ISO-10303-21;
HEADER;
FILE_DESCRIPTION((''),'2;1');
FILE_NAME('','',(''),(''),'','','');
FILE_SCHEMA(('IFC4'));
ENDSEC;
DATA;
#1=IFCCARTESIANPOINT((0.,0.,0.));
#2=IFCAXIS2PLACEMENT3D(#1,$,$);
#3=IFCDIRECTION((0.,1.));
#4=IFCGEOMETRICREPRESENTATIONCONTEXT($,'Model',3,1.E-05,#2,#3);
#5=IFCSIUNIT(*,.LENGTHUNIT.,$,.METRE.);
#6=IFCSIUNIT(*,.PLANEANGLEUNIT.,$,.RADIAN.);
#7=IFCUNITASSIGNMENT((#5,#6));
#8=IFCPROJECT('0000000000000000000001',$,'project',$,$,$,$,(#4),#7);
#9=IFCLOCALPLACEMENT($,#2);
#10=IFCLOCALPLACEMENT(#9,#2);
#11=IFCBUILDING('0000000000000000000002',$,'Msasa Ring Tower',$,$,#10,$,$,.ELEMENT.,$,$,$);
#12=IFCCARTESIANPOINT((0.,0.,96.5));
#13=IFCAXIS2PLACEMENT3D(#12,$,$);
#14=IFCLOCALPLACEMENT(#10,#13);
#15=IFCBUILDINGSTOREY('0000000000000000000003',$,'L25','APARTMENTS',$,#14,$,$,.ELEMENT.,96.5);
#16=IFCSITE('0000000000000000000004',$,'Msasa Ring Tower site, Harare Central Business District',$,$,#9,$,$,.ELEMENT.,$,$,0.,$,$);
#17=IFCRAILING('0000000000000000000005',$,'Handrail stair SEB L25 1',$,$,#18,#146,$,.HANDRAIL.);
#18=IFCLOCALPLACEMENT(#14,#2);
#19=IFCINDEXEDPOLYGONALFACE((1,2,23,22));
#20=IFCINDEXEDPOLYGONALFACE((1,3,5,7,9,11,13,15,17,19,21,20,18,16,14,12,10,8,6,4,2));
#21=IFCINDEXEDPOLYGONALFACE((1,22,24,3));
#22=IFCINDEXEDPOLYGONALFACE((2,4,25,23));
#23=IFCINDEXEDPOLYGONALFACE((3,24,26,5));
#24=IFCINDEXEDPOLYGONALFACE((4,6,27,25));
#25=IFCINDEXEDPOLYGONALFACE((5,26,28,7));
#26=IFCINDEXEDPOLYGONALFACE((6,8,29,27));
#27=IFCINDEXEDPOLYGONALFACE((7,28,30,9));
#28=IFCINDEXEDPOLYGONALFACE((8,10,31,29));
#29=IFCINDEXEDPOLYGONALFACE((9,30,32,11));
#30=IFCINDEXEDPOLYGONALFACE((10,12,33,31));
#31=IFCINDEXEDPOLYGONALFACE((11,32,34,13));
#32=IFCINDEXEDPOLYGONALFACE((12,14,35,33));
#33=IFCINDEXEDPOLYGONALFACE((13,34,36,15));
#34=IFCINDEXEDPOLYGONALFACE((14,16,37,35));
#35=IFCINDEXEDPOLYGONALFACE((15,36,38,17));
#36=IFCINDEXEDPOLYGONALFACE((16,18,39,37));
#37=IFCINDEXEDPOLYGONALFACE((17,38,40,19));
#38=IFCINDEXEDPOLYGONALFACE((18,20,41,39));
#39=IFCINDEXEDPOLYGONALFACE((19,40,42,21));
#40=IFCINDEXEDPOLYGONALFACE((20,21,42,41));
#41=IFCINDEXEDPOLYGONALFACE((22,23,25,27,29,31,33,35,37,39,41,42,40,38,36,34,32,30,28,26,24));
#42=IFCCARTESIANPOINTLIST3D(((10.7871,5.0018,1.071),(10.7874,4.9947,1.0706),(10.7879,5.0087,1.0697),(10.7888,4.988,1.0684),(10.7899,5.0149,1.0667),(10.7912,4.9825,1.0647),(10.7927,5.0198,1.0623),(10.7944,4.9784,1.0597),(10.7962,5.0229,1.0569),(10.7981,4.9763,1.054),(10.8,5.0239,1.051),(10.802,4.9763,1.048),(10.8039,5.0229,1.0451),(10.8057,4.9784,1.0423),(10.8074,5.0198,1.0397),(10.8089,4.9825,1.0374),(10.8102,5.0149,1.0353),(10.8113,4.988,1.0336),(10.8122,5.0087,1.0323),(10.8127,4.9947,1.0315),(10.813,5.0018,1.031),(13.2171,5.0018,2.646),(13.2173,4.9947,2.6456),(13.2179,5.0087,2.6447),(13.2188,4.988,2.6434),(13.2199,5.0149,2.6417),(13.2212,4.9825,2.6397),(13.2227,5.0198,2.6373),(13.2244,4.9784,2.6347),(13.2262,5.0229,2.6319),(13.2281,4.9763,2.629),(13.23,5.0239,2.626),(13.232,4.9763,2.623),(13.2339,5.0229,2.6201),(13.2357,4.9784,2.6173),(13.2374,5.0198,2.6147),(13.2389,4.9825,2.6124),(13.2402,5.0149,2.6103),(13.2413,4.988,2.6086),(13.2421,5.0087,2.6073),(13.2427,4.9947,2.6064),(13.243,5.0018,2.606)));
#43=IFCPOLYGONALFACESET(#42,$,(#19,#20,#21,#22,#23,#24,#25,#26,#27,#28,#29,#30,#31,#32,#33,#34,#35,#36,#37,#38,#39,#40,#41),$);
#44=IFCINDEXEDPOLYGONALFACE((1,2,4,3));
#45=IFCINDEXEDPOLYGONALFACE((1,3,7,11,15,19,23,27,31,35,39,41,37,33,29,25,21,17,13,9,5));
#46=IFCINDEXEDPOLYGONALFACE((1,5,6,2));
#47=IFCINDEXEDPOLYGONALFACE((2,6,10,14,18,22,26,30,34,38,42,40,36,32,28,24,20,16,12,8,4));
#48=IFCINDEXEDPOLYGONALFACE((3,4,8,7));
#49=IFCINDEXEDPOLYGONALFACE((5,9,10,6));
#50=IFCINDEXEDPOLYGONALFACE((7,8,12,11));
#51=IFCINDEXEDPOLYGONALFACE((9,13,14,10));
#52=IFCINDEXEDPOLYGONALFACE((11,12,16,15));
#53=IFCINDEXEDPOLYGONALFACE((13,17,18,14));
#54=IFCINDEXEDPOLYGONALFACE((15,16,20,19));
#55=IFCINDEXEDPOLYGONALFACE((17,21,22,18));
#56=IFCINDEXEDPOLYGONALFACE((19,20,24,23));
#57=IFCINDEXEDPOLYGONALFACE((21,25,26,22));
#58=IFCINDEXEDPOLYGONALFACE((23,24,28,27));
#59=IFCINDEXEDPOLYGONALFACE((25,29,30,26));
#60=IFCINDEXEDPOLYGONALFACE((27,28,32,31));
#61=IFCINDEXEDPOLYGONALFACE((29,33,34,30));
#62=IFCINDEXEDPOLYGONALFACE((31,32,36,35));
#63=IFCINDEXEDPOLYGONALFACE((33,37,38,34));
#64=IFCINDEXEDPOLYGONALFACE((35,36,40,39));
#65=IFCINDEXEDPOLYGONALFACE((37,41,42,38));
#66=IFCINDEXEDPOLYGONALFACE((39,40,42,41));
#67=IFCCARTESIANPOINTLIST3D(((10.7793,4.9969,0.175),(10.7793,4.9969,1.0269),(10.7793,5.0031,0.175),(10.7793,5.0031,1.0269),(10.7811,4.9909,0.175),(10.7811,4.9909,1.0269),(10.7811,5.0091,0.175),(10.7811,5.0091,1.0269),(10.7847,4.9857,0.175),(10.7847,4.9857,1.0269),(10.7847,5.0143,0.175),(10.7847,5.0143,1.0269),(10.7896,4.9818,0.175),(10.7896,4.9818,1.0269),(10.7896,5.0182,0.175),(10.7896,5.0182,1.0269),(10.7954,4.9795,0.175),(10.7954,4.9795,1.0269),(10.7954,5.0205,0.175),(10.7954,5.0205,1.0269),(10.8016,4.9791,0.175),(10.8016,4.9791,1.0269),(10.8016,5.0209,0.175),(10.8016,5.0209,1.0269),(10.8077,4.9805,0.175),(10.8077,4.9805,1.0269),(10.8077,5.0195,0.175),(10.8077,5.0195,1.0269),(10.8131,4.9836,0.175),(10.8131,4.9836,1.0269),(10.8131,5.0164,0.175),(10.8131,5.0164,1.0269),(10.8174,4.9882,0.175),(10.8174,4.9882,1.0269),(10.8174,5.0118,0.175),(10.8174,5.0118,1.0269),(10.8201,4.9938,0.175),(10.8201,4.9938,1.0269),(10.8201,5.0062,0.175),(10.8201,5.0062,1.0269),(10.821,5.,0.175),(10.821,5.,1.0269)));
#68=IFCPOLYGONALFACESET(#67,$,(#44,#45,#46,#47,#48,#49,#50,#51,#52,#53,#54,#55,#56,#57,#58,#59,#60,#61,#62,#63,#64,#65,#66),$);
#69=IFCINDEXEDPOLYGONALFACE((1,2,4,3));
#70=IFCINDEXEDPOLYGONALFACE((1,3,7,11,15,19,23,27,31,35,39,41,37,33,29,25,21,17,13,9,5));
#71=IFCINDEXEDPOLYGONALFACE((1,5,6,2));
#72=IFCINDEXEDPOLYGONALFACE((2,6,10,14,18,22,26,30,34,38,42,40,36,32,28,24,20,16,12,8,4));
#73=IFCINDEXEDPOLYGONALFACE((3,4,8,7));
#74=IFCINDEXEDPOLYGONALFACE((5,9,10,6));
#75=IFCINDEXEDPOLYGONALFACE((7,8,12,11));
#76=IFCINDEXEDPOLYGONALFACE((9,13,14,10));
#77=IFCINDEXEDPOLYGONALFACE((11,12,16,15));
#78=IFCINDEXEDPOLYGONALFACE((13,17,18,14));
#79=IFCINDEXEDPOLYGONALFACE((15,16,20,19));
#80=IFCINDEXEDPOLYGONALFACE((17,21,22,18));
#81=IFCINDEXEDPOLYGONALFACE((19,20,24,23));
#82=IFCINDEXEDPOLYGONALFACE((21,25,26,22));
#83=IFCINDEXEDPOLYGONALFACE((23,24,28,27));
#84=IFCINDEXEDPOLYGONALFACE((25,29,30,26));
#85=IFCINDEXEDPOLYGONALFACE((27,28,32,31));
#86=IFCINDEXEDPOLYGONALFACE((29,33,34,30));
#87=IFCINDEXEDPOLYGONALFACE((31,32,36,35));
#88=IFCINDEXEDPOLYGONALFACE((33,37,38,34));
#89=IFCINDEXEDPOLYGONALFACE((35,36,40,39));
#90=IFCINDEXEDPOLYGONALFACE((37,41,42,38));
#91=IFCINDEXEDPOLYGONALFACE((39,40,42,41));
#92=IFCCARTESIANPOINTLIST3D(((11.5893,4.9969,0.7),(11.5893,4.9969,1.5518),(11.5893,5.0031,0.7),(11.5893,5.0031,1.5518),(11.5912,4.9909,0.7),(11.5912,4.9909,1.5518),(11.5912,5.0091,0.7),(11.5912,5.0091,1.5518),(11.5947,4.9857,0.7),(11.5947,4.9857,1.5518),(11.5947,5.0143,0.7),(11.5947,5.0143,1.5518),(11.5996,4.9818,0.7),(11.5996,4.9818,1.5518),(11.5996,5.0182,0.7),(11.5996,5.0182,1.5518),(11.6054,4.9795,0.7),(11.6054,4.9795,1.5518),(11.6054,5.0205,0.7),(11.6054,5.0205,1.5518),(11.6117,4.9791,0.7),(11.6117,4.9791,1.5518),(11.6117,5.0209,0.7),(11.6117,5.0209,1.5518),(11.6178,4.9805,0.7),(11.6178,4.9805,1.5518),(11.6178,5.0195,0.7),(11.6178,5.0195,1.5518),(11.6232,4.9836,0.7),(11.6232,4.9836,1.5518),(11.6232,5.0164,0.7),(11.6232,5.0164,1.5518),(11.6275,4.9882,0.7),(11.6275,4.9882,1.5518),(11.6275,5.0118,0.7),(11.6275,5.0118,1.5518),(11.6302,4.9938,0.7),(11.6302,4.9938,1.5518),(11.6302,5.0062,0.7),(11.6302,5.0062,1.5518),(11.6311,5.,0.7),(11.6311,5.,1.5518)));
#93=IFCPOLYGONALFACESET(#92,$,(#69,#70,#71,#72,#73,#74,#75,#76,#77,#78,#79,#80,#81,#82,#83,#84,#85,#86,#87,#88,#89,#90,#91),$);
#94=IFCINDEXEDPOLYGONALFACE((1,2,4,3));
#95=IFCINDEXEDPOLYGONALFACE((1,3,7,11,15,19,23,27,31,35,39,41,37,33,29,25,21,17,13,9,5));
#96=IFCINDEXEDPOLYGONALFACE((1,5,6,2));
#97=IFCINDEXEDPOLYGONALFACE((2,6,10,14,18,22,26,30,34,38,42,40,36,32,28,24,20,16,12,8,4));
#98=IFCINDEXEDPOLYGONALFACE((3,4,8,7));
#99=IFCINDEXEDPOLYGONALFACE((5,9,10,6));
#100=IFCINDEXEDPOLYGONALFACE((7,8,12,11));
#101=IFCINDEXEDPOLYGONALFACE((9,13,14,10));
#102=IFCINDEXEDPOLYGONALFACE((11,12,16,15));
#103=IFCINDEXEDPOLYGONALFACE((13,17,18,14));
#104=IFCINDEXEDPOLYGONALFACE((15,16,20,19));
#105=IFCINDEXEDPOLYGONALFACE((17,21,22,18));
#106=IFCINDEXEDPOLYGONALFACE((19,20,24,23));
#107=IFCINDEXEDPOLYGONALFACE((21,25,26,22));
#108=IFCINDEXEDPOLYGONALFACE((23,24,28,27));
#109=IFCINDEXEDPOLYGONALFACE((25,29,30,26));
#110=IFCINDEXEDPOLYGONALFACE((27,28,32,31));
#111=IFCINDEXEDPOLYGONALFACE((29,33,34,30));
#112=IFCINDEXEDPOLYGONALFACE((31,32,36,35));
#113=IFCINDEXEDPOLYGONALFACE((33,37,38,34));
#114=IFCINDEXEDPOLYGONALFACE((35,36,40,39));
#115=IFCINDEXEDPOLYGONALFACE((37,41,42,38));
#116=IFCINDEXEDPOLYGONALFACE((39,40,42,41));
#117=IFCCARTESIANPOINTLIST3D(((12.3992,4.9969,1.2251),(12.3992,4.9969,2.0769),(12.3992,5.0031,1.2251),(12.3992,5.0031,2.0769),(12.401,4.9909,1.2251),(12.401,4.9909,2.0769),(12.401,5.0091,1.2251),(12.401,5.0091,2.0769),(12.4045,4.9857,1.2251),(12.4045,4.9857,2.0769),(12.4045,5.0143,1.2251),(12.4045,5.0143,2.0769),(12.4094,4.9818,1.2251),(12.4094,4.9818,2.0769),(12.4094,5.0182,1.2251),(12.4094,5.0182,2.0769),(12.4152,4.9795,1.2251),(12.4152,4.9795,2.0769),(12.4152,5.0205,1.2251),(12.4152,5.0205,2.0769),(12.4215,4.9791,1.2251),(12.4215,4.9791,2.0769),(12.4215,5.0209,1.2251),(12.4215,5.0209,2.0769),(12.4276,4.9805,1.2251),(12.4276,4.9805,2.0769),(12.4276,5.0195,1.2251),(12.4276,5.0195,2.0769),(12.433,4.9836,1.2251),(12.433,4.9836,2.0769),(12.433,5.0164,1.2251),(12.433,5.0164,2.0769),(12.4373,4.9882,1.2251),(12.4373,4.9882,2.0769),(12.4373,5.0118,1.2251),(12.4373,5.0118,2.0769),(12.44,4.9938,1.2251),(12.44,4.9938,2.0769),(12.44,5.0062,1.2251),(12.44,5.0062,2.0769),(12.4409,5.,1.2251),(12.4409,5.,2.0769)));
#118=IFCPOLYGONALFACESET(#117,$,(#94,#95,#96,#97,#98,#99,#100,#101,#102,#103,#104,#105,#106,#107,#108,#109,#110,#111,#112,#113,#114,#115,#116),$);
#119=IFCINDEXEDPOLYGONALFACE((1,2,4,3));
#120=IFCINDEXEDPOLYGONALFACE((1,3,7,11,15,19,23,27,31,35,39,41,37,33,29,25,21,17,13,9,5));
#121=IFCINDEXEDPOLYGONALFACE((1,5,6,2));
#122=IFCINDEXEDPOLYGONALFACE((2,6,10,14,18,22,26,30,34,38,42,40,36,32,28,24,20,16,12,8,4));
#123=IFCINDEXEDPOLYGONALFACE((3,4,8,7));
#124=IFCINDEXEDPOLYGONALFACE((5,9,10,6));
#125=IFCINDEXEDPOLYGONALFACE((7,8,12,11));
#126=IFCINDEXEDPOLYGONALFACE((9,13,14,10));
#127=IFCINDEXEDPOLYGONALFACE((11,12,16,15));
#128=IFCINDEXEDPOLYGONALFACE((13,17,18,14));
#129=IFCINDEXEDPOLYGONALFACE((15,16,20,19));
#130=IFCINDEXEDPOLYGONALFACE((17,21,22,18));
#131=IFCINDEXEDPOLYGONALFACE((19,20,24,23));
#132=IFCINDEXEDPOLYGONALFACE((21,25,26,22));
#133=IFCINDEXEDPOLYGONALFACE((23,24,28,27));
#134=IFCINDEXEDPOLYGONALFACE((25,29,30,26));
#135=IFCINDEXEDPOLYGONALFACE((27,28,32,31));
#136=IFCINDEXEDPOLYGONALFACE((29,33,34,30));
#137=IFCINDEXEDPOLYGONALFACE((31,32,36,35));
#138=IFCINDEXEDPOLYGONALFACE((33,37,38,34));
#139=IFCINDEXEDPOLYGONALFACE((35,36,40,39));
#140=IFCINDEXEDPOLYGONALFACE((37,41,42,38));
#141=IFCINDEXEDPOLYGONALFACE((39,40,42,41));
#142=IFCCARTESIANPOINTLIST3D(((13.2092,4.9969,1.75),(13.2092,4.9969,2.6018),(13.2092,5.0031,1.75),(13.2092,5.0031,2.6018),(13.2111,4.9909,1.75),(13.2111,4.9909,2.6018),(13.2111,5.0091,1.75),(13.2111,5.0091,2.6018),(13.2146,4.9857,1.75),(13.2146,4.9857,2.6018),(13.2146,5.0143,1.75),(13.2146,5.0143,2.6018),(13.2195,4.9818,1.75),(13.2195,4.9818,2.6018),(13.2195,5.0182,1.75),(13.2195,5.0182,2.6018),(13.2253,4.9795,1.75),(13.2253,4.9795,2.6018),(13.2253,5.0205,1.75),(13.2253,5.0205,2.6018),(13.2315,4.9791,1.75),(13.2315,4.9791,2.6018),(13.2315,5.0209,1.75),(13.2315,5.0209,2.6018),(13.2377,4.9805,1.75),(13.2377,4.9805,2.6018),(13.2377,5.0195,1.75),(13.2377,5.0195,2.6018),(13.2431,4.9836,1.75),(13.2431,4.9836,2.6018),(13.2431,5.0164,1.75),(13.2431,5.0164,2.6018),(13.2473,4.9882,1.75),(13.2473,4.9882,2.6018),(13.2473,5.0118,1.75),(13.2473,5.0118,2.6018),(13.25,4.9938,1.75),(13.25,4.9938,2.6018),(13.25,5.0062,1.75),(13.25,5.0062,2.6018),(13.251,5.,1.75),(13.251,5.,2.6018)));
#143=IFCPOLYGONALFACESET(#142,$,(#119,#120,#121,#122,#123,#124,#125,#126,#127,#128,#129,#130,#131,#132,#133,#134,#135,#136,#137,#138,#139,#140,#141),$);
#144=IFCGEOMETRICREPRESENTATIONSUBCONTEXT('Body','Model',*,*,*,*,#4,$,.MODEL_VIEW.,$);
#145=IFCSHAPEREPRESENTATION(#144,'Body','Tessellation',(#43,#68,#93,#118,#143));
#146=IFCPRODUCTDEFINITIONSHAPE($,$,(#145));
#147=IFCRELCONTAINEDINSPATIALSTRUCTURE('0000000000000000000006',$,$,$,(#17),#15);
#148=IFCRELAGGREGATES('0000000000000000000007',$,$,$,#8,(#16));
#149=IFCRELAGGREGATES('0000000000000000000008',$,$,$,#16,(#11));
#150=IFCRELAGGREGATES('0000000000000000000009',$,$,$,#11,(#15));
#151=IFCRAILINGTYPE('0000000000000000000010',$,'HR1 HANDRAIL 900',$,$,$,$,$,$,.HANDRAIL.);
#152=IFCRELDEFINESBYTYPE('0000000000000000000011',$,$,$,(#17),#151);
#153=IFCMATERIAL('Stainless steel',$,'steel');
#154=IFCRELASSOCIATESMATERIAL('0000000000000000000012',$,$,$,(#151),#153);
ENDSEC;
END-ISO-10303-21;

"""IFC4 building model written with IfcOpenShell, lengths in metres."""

from ifc_helpers import new_model, si_unit, direction, frame, origin, origin_2d, place, context, subcontext, project, spatial, circle, extrude, material, type_object, element, save


model = new_model("IFC4")

# Units and contexts
model_context = context("Model", 3, precision=1e-05, world=origin(), true_north=direction((0.0, 1.0)))
body_context = subcontext(model_context, "Body", "Model", "MODEL_VIEW")
ifc_project = project(units=[si_unit("LENGTHUNIT", "METRE"), si_unit("PLANEANGLEUNIT", "RADIAN")], contexts=[model_context])

# Site, building, storey
site_placement = place(None, origin())
site = spatial("IfcSite", under=ifc_project, at=site_placement, Name="Msasa Ring Tower site, Harare Central Business District", CompositionType="ELEMENT", RefElevation=0.0)
building_placement = place(site_placement, origin())
building = spatial("IfcBuilding", under=site, at=building_placement, Name="Msasa Ring Tower", CompositionType="ELEMENT")
storey_placement = place(building_placement, frame((0.0, 0.0, 96.5)))
storey = spatial("IfcBuildingStorey", under=building, at=storey_placement, Name="L25", Description="APARTMENTS", CompositionType="ELEMENT", Elevation=96.5)

# Railing
ifc_material_1 = material(Name="Stainless steel", Category="steel")
railing_type = type_object("IfcRailingType", Name="HR1 HANDRAIL 900", PredefinedType="HANDRAIL", material=ifc_material_1)
for number, where, name in (
    (1, (10.8, 5.0, 0.175), "Handrail stair SEB L25 1"),
):
    element("IfcRailing", number, at=place(storey_placement, frame(where)), inside=storey, type_object=railing_type, Name=name, PredefinedType="HANDRAIL", context=body_context, shape_type="SweptSolid", body=[
        extrude(circle(Radius=0.0239, at=origin_2d()), frame((0.0, 0.0, 0.876), z_axis=(0.839154, 0.0, 0.543894), x_axis=(0.0, 1.0, 0.0)), (0.0, 0.0, 1.0), 2.8958),
        extrude(circle(Radius=0.021, at=origin_2d()), origin(), (0.0, 0.0, 1.0), 0.8518),
        extrude(circle(Radius=0.021, at=origin_2d()), frame((0.8101, 0.0, 0.5249)), (0.0, 0.0, 1.0), 0.8518),
        extrude(circle(Radius=0.021, at=origin_2d()), frame((1.6199, 0.0, 1.05)), (0.0, 0.0, 1.0), 0.8518),
        extrude(circle(Radius=0.021, at=origin_2d()), frame((2.4299, 0.0, 1.575)), (0.0, 0.0, 1.0), 0.8518),
    ])

save(model, "model.ifc")
